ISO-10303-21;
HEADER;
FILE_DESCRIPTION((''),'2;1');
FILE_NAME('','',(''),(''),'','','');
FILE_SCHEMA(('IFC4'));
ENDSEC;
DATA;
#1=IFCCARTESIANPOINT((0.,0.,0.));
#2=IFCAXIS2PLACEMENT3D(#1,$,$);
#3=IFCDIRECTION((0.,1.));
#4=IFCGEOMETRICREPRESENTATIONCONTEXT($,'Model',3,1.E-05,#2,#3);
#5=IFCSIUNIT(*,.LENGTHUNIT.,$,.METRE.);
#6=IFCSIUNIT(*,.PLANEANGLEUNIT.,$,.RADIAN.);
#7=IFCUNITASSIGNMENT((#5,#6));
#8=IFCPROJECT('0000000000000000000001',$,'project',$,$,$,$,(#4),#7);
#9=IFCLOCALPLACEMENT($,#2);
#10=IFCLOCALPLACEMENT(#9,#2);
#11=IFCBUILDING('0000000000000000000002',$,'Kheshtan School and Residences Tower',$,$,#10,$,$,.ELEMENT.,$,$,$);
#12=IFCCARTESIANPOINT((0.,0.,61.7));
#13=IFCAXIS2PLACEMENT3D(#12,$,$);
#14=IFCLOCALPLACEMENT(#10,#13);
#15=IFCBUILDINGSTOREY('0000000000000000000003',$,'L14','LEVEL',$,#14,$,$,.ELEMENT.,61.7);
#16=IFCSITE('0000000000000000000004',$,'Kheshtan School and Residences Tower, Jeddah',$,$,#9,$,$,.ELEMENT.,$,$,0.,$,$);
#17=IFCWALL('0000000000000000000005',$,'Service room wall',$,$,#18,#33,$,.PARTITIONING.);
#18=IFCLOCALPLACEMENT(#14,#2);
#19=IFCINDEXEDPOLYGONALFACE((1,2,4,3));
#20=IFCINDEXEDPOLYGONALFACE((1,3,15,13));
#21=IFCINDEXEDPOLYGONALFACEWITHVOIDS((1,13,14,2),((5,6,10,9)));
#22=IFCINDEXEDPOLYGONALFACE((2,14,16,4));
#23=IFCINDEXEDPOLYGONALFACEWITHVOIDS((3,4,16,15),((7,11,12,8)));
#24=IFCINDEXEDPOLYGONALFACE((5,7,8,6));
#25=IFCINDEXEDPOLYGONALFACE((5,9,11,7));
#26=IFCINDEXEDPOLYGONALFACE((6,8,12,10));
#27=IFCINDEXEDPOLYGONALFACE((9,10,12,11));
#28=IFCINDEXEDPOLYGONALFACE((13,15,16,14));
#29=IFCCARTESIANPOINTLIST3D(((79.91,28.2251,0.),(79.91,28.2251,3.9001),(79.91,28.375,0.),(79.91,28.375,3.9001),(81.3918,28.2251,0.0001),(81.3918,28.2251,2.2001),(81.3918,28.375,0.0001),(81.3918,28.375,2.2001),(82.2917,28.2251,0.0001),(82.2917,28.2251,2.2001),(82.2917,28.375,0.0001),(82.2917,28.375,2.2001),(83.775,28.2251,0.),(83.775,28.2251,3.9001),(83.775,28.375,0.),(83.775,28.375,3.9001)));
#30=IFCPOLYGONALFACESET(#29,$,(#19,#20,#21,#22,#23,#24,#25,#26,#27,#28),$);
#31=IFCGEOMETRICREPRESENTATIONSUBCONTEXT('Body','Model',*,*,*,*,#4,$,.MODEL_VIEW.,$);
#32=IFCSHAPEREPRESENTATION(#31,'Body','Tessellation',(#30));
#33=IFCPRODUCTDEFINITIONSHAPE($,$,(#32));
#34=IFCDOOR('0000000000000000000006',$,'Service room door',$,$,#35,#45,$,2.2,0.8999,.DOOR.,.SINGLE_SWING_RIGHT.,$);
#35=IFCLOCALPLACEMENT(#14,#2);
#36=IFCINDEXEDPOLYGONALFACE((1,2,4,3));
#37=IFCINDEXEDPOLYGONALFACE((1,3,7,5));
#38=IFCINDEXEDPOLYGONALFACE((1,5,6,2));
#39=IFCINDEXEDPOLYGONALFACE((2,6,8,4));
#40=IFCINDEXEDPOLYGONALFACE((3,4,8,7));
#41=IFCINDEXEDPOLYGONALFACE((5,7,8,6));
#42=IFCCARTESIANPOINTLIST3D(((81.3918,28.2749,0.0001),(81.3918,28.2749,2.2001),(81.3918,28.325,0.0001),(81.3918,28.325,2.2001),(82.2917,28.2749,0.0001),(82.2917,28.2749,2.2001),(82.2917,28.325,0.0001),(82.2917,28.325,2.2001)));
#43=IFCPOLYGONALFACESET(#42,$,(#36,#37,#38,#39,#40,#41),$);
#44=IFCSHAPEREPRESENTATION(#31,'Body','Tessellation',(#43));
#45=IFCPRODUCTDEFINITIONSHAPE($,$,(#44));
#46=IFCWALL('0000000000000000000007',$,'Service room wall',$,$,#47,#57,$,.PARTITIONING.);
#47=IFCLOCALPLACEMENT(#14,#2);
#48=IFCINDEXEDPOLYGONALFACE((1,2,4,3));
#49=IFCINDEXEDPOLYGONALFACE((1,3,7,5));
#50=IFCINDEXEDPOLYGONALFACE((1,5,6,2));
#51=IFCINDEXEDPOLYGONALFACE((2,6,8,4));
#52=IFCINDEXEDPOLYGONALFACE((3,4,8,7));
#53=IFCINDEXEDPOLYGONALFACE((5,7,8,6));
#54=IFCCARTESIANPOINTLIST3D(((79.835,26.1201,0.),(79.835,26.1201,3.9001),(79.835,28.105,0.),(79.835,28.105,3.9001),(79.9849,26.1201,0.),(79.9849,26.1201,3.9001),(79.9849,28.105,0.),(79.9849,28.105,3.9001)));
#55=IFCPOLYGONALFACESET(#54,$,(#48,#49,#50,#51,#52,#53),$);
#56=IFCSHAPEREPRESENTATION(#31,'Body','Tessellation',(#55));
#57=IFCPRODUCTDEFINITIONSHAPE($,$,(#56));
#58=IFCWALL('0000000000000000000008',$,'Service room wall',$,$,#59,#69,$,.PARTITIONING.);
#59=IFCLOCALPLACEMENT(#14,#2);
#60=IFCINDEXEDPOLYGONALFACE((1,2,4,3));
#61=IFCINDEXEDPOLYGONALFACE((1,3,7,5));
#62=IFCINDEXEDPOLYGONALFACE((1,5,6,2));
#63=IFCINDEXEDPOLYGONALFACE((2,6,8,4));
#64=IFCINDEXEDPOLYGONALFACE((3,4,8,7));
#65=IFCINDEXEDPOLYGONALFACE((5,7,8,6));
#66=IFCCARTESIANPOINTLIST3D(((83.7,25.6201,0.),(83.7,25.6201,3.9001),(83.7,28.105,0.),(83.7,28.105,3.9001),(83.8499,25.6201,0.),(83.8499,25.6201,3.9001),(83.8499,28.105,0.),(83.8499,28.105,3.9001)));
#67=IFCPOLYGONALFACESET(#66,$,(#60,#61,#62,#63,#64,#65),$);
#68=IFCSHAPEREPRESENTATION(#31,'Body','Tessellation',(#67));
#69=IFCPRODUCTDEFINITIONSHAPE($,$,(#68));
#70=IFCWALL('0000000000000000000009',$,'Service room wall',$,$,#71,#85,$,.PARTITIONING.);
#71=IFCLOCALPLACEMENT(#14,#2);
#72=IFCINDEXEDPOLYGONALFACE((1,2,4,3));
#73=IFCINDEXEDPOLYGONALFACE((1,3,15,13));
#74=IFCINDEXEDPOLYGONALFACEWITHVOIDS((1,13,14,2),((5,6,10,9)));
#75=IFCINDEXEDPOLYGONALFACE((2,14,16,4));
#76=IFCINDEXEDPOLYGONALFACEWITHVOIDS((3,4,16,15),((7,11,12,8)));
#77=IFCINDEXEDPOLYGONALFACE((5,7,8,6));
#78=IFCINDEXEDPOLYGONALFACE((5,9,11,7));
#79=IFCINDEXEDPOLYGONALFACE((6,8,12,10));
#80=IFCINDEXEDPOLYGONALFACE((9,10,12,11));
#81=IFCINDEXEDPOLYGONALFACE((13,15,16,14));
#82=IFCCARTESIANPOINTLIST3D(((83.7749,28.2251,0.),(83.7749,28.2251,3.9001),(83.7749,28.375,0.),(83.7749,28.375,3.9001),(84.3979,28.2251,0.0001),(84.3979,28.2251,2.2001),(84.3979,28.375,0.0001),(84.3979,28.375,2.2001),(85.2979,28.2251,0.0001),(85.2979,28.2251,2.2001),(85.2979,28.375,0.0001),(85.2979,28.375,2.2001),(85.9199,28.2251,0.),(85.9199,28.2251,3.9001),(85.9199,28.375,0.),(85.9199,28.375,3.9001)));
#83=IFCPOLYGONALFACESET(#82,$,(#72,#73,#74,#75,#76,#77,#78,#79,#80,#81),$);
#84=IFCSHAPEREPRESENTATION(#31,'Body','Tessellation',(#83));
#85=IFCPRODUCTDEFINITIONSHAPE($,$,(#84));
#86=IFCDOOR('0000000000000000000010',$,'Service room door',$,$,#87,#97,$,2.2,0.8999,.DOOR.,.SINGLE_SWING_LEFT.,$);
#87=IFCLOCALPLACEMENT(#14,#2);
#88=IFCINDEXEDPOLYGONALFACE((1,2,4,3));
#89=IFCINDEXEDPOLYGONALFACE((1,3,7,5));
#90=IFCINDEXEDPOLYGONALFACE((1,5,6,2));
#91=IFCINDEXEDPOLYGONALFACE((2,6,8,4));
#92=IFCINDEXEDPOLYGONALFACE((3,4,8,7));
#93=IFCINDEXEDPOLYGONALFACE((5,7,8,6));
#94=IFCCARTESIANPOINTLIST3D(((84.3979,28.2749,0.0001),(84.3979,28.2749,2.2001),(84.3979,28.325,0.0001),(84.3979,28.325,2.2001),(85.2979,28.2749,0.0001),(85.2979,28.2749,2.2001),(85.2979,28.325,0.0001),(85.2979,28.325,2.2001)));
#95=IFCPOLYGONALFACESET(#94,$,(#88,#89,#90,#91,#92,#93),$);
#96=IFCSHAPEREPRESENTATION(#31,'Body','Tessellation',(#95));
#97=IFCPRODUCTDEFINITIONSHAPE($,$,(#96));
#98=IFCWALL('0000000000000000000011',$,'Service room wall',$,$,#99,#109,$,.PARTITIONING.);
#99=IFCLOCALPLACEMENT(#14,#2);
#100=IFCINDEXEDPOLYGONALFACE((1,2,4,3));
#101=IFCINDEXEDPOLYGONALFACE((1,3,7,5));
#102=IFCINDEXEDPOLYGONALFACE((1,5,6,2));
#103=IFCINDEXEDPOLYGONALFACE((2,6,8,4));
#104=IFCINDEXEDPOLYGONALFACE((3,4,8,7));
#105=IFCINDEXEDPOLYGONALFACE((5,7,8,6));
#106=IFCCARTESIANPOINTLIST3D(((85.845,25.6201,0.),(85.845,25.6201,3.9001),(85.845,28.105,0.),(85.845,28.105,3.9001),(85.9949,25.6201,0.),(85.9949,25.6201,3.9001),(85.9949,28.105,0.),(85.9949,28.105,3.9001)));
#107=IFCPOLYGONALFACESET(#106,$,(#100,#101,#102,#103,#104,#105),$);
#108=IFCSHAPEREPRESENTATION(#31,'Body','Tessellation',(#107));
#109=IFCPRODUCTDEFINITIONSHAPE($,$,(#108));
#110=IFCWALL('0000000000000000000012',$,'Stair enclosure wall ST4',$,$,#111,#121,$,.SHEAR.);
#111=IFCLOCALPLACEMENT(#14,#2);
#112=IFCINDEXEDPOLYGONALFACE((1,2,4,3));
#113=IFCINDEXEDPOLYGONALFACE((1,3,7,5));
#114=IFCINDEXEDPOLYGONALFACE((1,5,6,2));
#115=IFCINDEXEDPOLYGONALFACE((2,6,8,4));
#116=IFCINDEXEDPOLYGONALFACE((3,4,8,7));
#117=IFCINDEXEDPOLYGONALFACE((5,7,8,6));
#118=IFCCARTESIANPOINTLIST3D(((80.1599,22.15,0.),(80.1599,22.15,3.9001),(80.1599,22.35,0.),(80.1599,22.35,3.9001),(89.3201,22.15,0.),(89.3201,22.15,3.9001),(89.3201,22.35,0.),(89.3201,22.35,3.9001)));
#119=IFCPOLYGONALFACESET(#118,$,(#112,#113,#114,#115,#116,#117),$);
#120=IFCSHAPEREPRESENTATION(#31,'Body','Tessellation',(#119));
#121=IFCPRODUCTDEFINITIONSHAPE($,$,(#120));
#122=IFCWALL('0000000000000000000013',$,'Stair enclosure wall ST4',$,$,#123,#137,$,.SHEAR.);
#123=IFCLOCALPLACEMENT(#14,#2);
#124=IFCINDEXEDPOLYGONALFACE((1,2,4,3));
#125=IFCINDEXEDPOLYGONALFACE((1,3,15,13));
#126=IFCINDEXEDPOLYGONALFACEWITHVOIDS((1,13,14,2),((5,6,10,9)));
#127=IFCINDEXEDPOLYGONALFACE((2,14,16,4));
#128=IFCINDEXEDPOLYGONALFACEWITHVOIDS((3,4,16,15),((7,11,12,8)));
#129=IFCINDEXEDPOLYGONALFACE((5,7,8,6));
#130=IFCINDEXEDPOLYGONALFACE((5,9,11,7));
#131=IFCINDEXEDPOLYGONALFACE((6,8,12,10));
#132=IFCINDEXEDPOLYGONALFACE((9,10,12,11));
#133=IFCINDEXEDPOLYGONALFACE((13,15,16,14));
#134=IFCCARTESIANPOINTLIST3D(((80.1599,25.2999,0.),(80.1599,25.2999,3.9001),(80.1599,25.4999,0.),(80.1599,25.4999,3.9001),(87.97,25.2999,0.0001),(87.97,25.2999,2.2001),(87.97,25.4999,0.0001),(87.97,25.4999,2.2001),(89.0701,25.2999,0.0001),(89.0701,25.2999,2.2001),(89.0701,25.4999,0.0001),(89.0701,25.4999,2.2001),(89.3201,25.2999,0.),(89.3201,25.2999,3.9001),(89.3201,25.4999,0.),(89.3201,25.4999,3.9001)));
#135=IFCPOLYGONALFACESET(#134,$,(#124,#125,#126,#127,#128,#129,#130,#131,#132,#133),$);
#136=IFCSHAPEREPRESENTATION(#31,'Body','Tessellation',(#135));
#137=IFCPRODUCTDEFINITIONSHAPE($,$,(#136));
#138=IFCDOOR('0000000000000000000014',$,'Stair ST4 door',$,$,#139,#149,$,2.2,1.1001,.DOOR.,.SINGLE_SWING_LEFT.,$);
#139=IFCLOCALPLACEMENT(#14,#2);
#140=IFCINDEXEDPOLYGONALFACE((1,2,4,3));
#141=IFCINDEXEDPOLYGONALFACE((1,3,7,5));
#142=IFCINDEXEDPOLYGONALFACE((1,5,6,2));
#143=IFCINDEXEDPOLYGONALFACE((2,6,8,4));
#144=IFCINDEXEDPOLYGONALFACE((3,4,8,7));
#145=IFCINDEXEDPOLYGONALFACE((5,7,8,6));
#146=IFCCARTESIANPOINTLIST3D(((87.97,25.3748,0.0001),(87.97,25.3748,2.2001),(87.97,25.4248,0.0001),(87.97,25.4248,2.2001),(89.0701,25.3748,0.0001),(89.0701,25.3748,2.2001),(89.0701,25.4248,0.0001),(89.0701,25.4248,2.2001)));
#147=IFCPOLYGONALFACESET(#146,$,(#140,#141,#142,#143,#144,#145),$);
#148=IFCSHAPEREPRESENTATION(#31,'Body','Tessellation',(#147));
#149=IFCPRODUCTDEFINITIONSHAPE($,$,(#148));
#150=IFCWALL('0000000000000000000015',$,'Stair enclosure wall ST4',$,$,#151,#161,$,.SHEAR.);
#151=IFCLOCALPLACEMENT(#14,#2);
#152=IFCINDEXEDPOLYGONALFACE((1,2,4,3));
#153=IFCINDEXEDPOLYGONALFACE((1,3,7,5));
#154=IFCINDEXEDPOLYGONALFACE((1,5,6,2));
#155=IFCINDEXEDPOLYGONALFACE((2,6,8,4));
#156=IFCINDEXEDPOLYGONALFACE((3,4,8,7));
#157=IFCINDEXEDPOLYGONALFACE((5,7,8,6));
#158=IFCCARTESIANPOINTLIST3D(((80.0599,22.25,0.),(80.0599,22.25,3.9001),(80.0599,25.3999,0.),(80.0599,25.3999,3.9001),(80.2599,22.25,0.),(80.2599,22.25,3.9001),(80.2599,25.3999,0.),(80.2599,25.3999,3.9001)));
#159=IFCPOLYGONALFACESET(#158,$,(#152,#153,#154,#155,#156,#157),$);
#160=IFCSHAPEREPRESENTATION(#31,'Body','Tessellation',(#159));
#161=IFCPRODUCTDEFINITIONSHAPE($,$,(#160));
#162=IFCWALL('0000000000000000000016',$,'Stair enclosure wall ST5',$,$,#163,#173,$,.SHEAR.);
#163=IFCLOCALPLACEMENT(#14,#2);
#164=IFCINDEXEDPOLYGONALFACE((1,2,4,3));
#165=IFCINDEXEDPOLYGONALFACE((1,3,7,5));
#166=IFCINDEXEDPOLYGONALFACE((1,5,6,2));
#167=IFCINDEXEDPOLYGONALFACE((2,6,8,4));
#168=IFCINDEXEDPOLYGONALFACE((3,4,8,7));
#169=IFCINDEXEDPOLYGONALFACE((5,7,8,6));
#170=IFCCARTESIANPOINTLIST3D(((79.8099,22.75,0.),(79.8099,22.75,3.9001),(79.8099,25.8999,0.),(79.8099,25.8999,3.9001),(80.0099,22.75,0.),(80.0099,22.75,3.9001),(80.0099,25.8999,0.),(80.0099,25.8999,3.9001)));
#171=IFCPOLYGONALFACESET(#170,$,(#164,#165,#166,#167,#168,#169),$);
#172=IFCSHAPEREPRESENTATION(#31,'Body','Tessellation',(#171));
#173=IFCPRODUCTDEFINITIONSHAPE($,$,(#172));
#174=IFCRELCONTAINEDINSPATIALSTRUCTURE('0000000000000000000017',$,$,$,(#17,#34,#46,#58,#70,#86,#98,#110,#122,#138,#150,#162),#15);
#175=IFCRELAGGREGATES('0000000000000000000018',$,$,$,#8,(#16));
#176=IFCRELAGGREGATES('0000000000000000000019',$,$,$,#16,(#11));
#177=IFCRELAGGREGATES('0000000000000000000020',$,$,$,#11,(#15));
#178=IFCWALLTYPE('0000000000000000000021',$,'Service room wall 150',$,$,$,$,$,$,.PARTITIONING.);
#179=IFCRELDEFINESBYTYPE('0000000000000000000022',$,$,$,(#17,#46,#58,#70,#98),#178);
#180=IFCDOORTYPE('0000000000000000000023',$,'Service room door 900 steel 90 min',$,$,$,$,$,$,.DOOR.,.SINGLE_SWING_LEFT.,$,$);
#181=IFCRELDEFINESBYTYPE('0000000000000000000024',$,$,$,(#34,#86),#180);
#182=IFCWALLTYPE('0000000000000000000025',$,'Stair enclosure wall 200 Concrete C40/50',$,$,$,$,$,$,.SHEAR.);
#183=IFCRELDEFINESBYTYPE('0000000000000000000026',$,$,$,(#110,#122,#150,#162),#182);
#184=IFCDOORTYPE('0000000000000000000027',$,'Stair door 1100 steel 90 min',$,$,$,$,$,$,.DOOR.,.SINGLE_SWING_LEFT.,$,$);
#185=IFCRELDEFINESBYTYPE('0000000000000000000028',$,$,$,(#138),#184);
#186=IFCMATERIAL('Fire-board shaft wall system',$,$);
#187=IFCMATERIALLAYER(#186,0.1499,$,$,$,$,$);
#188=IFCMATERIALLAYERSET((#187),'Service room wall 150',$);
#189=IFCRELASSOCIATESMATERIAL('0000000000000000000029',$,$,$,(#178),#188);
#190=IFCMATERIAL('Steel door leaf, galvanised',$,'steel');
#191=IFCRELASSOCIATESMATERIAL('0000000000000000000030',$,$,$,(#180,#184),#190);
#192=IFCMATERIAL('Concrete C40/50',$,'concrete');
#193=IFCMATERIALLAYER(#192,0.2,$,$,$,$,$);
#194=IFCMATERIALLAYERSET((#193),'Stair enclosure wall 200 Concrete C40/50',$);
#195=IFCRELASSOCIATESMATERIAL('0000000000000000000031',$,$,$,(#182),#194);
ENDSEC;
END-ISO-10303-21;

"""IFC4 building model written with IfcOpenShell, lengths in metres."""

from ifc_helpers import new_model, si_unit, direction, frame, frame_2d, origin, place, context, subcontext, project, spatial, rectangle, extrude, source, transform, mapped, material, layer, layer_set, type_object, element, fill, save


model = new_model("IFC4")

# Units and contexts
model_context = context("Model", 3, precision=1e-05, world=origin(), true_north=direction((0.0, 1.0)))
body_context = subcontext(model_context, "Body", "Model", "MODEL_VIEW")
ifc_project = project(units=[si_unit("LENGTHUNIT", "METRE"), si_unit("PLANEANGLEUNIT", "RADIAN")], contexts=[model_context])

# Site, building, storey
site_placement = place(None, origin())
site = spatial("IfcSite", under=ifc_project, at=site_placement, Name="Kheshtan School and Residences Tower, Jeddah", CompositionType="ELEMENT", RefElevation=0.0)
building_placement = place(site_placement, origin())
building = spatial("IfcBuilding", under=site, at=building_placement, Name="Kheshtan School and Residences Tower", CompositionType="ELEMENT")
storey_placement = place(building_placement, frame((0.0, 0.0, 61.7)))
storey = spatial("IfcBuildingStorey", under=building, at=storey_placement, Name="L14", Description="LEVEL", CompositionType="ELEMENT", Elevation=61.7)

# Wall, opening, door
ifc_material_1 = material(Name="Fire-board shaft wall system")
ifc_layer_1 = layer(ifc_material_1, 0.1499)
ifc_layer_set_1 = layer_set([ifc_layer_1], Name="Service room wall 150")
wall_type_1 = type_object("IfcWallType", Name="Service room wall 150", PredefinedType="PARTITIONING", material=ifc_layer_set_1)
wall_1_placement = place(storey_placement, frame((79.9099, 28.3, 0.0), z_axis=(0.0, 0.0, 1.0), x_axis=(1.0, 0.0, 0.0)))
wall_1 = element("IfcWall", 1, at=wall_1_placement, inside=storey, type_object=wall_type_1, Name="Service room wall", PredefinedType="PARTITIONING", context=body_context, shape_type="SweptSolid", body=[
    extrude(rectangle(XDim=3.865, YDim=0.1499, at=frame_2d((1.9326, 0.0))), origin(), (0.0, 0.0, 1.0), 3.9001),
])
opening_1_placement = place(wall_1_placement, frame((1.4819, 0.0, 0.0)))
opening_1 = element("IfcOpeningElement", 2, at=opening_1_placement, cuts=wall_1, PredefinedType="OPENING", context=body_context, shape_type="SweptSolid", body=[
    extrude(rectangle(XDim=0.8999, YDim=2.2, at=frame_2d((0.45, 1.1001))), frame((0.0, 0.085, 0.0), z_axis=(0.0, -1.0, 0.0), x_axis=(1.0, 0.0, 0.0)), (0.0, 0.0, 1.0), 0.1699),
])
ifc_material_2 = material(Name="Steel door leaf, galvanised", Category="steel")
door_type_1 = type_object("IfcDoorType", Name="Service room door 900 steel 90 min", OperationType="SINGLE_SWING_LEFT", PredefinedType="DOOR", material=ifc_material_2)
shared_shape_1 = source(origin(), body_context, "Body", "SweptSolid", [
    extrude(rectangle(XDim=0.8999, YDim=2.2, at=frame_2d((0.45, 1.1001))), frame((0.0, 0.0249, 0.0), z_axis=(0.0, -1.0, 0.0), x_axis=(1.0, 0.0, 0.0)), (0.0, 0.0, 1.0), 0.05),
])
door_1_placement = place(opening_1_placement, origin())
door_1 = element("IfcDoor", 3, at=door_1_placement, inside=storey, type_object=door_type_1, Name="Service room door", OperationType="SINGLE_SWING_RIGHT", OverallHeight=2.2, OverallWidth=0.8999, PredefinedType="DOOR", context=body_context, shape_type="MappedRepresentation", body=[
    mapped(shared_shape_1, transform((0.0, 0.0, 0.0), x_axis=(1.0, 0.0, 0.0), y_axis=(0.0, 1.0, 0.0), z_axis=(0.0, 0.0, 1.0), scale=1.0)),
])
fill(opening_1, door_1)

# Walls
wall_2_placement = place(storey_placement, frame((79.9099, 26.1201, 0.0), z_axis=(0.0, 0.0, 1.0), x_axis=(0.0, 1.0, 0.0)))
element("IfcWall", 4, at=wall_2_placement, inside=storey, type_object=wall_type_1, Name="Service room wall", PredefinedType="PARTITIONING", context=body_context, shape_type="SweptSolid", body=[
    extrude(rectangle(XDim=1.9849, YDim=0.1499, at=frame_2d((0.9924, 0.0))), origin(), (0.0, 0.0, 1.0), 3.9001),
])
wall_3_placement = place(storey_placement, frame((83.7749, 25.6201, 0.0), z_axis=(0.0, 0.0, 1.0), x_axis=(0.0, 1.0, 0.0)))
element("IfcWall", 5, at=wall_3_placement, inside=storey, type_object=wall_type_1, Name="Service room wall", PredefinedType="PARTITIONING", context=body_context, shape_type="SweptSolid", body=[
    extrude(rectangle(XDim=2.4849, YDim=0.1499, at=frame_2d((1.2424, 0.0))), origin(), (0.0, 0.0, 1.0), 3.9001),
])

# Wall, opening, door
wall_4_placement = place(storey_placement, frame((83.7749, 28.3, 0.0), z_axis=(0.0, 0.0, 1.0), x_axis=(1.0, 0.0, 0.0)))
wall_4 = element("IfcWall", 6, at=wall_4_placement, inside=storey, type_object=wall_type_1, Name="Service room wall", PredefinedType="PARTITIONING", context=body_context, shape_type="SweptSolid", body=[
    extrude(rectangle(XDim=2.145, YDim=0.1499, at=frame_2d((1.0725, 0.0))), origin(), (0.0, 0.0, 1.0), 3.9001),
])
opening_2_placement = place(wall_4_placement, frame((0.623, 0.0, 0.0)))
opening_2 = element("IfcOpeningElement", 7, at=opening_2_placement, cuts=wall_4, PredefinedType="OPENING", context=body_context, shape_type="SweptSolid", body=[
    extrude(rectangle(XDim=0.8999, YDim=2.2, at=frame_2d((0.45, 1.1001))), frame((0.0, 0.085, 0.0), z_axis=(0.0, -1.0, 0.0), x_axis=(1.0, 0.0, 0.0)), (0.0, 0.0, 1.0), 0.1699),
])
door_2_placement = place(opening_2_placement, origin())
door_2 = element("IfcDoor", 8, at=door_2_placement, inside=storey, type_object=door_type_1, Name="Service room door", OperationType="SINGLE_SWING_LEFT", OverallHeight=2.2, OverallWidth=0.8999, PredefinedType="DOOR", context=body_context, shape_type="MappedRepresentation", body=[
    mapped(shared_shape_1, transform((0.0, 0.0, 0.0), x_axis=(1.0, 0.0, 0.0), y_axis=(0.0, 1.0, 0.0), z_axis=(0.0, 0.0, 1.0), scale=1.0)),
])
fill(opening_2, door_2)

# Walls
wall_5_placement = place(storey_placement, frame((85.9199, 25.6201, 0.0), z_axis=(0.0, 0.0, 1.0), x_axis=(0.0, 1.0, 0.0)))
element("IfcWall", 9, at=wall_5_placement, inside=storey, type_object=wall_type_1, Name="Service room wall", PredefinedType="PARTITIONING", context=body_context, shape_type="SweptSolid", body=[
    extrude(rectangle(XDim=2.4849, YDim=0.1499, at=frame_2d((1.2424, 0.0))), origin(), (0.0, 0.0, 1.0), 3.9001),
])
ifc_material_3 = material(Name="Concrete C40/50", Category="concrete")
ifc_layer_2 = layer(ifc_material_3, 0.2)
ifc_layer_set_2 = layer_set([ifc_layer_2], Name="Stair enclosure wall 200 Concrete C40/50")
wall_type_2 = type_object("IfcWallType", Name="Stair enclosure wall 200 Concrete C40/50", PredefinedType="SHEAR", material=ifc_layer_set_2)
wall_6_placement = place(storey_placement, frame((80.1599, 22.25, 0.0), z_axis=(0.0, 0.0, 1.0), x_axis=(1.0, 0.0, 0.0)))
element("IfcWall", 10, at=wall_6_placement, inside=storey, type_object=wall_type_2, Name="Stair enclosure wall ST4", PredefinedType="SHEAR", context=body_context, shape_type="SweptSolid", body=[
    extrude(rectangle(XDim=9.1602, YDim=0.2, at=frame_2d((4.5801, 0.0))), origin(), (0.0, 0.0, 1.0), 3.9001),
])

# Wall, opening, door
wall_7_placement = place(storey_placement, frame((80.1599, 25.3999, 0.0), z_axis=(0.0, 0.0, 1.0), x_axis=(1.0, 0.0, 0.0)))
wall_7 = element("IfcWall", 11, at=wall_7_placement, inside=storey, type_object=wall_type_2, Name="Stair enclosure wall ST4", PredefinedType="SHEAR", context=body_context, shape_type="SweptSolid", body=[
    extrude(rectangle(XDim=9.1602, YDim=0.2, at=frame_2d((4.5801, 0.0))), origin(), (0.0, 0.0, 1.0), 3.9001),
])
opening_3_placement = place(wall_7_placement, frame((7.8101, 0.0, 0.0)))
opening_3 = element("IfcOpeningElement", 12, at=opening_3_placement, cuts=wall_7, PredefinedType="OPENING", context=body_context, shape_type="SweptSolid", body=[
    extrude(rectangle(XDim=1.1001, YDim=2.2, at=frame_2d((0.55, 1.1001))), frame((0.0, 0.1099, 0.0), z_axis=(0.0, -1.0, 0.0), x_axis=(1.0, 0.0, 0.0)), (0.0, 0.0, 1.0), 0.22),
])
door_type_2 = type_object("IfcDoorType", Name="Stair door 1100 steel 90 min", OperationType="SINGLE_SWING_LEFT", PredefinedType="DOOR", material=ifc_material_2)
shared_shape_2 = source(origin(), body_context, "Body", "SweptSolid", [
    extrude(rectangle(XDim=1.1001, YDim=2.2, at=frame_2d((0.55, 1.1001))), frame((0.0, 0.0249, 0.0), z_axis=(0.0, -1.0, 0.0), x_axis=(1.0, 0.0, 0.0)), (0.0, 0.0, 1.0), 0.05),
])
door_3_placement = place(opening_3_placement, origin())
door_3 = element("IfcDoor", 13, at=door_3_placement, inside=storey, type_object=door_type_2, Name="Stair ST4 door", OperationType="SINGLE_SWING_LEFT", OverallHeight=2.2, OverallWidth=1.1001, PredefinedType="DOOR", context=body_context, shape_type="MappedRepresentation", body=[
    mapped(shared_shape_2, transform((0.0, 0.0, 0.0), x_axis=(1.0, 0.0, 0.0), y_axis=(0.0, 1.0, 0.0), z_axis=(0.0, 0.0, 1.0), scale=1.0)),
])
fill(opening_3, door_3)

# Walls
for number, where, z_axis, x_axis, name in (
    (14, (80.1599, 22.25, 0.0), (0.0, 0.0, 1.0), (0.0, 1.0, 0.0), "Stair enclosure wall ST4"),
    (15, (79.9099, 22.75, 0.0), (0.0, 0.0, 1.0), (0.0, 1.0, 0.0), "Stair enclosure wall ST5"),
):
    element("IfcWall", number, at=place(storey_placement, frame(where, z_axis=z_axis, x_axis=x_axis)), inside=storey, type_object=wall_type_2, Name=name, PredefinedType="SHEAR", context=body_context, shape_type="SweptSolid", body=[
        extrude(rectangle(XDim=3.1499, YDim=0.2, at=frame_2d((1.575, 0.0))), origin(), (0.0, 0.0, 1.0), 3.9001),
    ])

save(model, "model.ifc")
